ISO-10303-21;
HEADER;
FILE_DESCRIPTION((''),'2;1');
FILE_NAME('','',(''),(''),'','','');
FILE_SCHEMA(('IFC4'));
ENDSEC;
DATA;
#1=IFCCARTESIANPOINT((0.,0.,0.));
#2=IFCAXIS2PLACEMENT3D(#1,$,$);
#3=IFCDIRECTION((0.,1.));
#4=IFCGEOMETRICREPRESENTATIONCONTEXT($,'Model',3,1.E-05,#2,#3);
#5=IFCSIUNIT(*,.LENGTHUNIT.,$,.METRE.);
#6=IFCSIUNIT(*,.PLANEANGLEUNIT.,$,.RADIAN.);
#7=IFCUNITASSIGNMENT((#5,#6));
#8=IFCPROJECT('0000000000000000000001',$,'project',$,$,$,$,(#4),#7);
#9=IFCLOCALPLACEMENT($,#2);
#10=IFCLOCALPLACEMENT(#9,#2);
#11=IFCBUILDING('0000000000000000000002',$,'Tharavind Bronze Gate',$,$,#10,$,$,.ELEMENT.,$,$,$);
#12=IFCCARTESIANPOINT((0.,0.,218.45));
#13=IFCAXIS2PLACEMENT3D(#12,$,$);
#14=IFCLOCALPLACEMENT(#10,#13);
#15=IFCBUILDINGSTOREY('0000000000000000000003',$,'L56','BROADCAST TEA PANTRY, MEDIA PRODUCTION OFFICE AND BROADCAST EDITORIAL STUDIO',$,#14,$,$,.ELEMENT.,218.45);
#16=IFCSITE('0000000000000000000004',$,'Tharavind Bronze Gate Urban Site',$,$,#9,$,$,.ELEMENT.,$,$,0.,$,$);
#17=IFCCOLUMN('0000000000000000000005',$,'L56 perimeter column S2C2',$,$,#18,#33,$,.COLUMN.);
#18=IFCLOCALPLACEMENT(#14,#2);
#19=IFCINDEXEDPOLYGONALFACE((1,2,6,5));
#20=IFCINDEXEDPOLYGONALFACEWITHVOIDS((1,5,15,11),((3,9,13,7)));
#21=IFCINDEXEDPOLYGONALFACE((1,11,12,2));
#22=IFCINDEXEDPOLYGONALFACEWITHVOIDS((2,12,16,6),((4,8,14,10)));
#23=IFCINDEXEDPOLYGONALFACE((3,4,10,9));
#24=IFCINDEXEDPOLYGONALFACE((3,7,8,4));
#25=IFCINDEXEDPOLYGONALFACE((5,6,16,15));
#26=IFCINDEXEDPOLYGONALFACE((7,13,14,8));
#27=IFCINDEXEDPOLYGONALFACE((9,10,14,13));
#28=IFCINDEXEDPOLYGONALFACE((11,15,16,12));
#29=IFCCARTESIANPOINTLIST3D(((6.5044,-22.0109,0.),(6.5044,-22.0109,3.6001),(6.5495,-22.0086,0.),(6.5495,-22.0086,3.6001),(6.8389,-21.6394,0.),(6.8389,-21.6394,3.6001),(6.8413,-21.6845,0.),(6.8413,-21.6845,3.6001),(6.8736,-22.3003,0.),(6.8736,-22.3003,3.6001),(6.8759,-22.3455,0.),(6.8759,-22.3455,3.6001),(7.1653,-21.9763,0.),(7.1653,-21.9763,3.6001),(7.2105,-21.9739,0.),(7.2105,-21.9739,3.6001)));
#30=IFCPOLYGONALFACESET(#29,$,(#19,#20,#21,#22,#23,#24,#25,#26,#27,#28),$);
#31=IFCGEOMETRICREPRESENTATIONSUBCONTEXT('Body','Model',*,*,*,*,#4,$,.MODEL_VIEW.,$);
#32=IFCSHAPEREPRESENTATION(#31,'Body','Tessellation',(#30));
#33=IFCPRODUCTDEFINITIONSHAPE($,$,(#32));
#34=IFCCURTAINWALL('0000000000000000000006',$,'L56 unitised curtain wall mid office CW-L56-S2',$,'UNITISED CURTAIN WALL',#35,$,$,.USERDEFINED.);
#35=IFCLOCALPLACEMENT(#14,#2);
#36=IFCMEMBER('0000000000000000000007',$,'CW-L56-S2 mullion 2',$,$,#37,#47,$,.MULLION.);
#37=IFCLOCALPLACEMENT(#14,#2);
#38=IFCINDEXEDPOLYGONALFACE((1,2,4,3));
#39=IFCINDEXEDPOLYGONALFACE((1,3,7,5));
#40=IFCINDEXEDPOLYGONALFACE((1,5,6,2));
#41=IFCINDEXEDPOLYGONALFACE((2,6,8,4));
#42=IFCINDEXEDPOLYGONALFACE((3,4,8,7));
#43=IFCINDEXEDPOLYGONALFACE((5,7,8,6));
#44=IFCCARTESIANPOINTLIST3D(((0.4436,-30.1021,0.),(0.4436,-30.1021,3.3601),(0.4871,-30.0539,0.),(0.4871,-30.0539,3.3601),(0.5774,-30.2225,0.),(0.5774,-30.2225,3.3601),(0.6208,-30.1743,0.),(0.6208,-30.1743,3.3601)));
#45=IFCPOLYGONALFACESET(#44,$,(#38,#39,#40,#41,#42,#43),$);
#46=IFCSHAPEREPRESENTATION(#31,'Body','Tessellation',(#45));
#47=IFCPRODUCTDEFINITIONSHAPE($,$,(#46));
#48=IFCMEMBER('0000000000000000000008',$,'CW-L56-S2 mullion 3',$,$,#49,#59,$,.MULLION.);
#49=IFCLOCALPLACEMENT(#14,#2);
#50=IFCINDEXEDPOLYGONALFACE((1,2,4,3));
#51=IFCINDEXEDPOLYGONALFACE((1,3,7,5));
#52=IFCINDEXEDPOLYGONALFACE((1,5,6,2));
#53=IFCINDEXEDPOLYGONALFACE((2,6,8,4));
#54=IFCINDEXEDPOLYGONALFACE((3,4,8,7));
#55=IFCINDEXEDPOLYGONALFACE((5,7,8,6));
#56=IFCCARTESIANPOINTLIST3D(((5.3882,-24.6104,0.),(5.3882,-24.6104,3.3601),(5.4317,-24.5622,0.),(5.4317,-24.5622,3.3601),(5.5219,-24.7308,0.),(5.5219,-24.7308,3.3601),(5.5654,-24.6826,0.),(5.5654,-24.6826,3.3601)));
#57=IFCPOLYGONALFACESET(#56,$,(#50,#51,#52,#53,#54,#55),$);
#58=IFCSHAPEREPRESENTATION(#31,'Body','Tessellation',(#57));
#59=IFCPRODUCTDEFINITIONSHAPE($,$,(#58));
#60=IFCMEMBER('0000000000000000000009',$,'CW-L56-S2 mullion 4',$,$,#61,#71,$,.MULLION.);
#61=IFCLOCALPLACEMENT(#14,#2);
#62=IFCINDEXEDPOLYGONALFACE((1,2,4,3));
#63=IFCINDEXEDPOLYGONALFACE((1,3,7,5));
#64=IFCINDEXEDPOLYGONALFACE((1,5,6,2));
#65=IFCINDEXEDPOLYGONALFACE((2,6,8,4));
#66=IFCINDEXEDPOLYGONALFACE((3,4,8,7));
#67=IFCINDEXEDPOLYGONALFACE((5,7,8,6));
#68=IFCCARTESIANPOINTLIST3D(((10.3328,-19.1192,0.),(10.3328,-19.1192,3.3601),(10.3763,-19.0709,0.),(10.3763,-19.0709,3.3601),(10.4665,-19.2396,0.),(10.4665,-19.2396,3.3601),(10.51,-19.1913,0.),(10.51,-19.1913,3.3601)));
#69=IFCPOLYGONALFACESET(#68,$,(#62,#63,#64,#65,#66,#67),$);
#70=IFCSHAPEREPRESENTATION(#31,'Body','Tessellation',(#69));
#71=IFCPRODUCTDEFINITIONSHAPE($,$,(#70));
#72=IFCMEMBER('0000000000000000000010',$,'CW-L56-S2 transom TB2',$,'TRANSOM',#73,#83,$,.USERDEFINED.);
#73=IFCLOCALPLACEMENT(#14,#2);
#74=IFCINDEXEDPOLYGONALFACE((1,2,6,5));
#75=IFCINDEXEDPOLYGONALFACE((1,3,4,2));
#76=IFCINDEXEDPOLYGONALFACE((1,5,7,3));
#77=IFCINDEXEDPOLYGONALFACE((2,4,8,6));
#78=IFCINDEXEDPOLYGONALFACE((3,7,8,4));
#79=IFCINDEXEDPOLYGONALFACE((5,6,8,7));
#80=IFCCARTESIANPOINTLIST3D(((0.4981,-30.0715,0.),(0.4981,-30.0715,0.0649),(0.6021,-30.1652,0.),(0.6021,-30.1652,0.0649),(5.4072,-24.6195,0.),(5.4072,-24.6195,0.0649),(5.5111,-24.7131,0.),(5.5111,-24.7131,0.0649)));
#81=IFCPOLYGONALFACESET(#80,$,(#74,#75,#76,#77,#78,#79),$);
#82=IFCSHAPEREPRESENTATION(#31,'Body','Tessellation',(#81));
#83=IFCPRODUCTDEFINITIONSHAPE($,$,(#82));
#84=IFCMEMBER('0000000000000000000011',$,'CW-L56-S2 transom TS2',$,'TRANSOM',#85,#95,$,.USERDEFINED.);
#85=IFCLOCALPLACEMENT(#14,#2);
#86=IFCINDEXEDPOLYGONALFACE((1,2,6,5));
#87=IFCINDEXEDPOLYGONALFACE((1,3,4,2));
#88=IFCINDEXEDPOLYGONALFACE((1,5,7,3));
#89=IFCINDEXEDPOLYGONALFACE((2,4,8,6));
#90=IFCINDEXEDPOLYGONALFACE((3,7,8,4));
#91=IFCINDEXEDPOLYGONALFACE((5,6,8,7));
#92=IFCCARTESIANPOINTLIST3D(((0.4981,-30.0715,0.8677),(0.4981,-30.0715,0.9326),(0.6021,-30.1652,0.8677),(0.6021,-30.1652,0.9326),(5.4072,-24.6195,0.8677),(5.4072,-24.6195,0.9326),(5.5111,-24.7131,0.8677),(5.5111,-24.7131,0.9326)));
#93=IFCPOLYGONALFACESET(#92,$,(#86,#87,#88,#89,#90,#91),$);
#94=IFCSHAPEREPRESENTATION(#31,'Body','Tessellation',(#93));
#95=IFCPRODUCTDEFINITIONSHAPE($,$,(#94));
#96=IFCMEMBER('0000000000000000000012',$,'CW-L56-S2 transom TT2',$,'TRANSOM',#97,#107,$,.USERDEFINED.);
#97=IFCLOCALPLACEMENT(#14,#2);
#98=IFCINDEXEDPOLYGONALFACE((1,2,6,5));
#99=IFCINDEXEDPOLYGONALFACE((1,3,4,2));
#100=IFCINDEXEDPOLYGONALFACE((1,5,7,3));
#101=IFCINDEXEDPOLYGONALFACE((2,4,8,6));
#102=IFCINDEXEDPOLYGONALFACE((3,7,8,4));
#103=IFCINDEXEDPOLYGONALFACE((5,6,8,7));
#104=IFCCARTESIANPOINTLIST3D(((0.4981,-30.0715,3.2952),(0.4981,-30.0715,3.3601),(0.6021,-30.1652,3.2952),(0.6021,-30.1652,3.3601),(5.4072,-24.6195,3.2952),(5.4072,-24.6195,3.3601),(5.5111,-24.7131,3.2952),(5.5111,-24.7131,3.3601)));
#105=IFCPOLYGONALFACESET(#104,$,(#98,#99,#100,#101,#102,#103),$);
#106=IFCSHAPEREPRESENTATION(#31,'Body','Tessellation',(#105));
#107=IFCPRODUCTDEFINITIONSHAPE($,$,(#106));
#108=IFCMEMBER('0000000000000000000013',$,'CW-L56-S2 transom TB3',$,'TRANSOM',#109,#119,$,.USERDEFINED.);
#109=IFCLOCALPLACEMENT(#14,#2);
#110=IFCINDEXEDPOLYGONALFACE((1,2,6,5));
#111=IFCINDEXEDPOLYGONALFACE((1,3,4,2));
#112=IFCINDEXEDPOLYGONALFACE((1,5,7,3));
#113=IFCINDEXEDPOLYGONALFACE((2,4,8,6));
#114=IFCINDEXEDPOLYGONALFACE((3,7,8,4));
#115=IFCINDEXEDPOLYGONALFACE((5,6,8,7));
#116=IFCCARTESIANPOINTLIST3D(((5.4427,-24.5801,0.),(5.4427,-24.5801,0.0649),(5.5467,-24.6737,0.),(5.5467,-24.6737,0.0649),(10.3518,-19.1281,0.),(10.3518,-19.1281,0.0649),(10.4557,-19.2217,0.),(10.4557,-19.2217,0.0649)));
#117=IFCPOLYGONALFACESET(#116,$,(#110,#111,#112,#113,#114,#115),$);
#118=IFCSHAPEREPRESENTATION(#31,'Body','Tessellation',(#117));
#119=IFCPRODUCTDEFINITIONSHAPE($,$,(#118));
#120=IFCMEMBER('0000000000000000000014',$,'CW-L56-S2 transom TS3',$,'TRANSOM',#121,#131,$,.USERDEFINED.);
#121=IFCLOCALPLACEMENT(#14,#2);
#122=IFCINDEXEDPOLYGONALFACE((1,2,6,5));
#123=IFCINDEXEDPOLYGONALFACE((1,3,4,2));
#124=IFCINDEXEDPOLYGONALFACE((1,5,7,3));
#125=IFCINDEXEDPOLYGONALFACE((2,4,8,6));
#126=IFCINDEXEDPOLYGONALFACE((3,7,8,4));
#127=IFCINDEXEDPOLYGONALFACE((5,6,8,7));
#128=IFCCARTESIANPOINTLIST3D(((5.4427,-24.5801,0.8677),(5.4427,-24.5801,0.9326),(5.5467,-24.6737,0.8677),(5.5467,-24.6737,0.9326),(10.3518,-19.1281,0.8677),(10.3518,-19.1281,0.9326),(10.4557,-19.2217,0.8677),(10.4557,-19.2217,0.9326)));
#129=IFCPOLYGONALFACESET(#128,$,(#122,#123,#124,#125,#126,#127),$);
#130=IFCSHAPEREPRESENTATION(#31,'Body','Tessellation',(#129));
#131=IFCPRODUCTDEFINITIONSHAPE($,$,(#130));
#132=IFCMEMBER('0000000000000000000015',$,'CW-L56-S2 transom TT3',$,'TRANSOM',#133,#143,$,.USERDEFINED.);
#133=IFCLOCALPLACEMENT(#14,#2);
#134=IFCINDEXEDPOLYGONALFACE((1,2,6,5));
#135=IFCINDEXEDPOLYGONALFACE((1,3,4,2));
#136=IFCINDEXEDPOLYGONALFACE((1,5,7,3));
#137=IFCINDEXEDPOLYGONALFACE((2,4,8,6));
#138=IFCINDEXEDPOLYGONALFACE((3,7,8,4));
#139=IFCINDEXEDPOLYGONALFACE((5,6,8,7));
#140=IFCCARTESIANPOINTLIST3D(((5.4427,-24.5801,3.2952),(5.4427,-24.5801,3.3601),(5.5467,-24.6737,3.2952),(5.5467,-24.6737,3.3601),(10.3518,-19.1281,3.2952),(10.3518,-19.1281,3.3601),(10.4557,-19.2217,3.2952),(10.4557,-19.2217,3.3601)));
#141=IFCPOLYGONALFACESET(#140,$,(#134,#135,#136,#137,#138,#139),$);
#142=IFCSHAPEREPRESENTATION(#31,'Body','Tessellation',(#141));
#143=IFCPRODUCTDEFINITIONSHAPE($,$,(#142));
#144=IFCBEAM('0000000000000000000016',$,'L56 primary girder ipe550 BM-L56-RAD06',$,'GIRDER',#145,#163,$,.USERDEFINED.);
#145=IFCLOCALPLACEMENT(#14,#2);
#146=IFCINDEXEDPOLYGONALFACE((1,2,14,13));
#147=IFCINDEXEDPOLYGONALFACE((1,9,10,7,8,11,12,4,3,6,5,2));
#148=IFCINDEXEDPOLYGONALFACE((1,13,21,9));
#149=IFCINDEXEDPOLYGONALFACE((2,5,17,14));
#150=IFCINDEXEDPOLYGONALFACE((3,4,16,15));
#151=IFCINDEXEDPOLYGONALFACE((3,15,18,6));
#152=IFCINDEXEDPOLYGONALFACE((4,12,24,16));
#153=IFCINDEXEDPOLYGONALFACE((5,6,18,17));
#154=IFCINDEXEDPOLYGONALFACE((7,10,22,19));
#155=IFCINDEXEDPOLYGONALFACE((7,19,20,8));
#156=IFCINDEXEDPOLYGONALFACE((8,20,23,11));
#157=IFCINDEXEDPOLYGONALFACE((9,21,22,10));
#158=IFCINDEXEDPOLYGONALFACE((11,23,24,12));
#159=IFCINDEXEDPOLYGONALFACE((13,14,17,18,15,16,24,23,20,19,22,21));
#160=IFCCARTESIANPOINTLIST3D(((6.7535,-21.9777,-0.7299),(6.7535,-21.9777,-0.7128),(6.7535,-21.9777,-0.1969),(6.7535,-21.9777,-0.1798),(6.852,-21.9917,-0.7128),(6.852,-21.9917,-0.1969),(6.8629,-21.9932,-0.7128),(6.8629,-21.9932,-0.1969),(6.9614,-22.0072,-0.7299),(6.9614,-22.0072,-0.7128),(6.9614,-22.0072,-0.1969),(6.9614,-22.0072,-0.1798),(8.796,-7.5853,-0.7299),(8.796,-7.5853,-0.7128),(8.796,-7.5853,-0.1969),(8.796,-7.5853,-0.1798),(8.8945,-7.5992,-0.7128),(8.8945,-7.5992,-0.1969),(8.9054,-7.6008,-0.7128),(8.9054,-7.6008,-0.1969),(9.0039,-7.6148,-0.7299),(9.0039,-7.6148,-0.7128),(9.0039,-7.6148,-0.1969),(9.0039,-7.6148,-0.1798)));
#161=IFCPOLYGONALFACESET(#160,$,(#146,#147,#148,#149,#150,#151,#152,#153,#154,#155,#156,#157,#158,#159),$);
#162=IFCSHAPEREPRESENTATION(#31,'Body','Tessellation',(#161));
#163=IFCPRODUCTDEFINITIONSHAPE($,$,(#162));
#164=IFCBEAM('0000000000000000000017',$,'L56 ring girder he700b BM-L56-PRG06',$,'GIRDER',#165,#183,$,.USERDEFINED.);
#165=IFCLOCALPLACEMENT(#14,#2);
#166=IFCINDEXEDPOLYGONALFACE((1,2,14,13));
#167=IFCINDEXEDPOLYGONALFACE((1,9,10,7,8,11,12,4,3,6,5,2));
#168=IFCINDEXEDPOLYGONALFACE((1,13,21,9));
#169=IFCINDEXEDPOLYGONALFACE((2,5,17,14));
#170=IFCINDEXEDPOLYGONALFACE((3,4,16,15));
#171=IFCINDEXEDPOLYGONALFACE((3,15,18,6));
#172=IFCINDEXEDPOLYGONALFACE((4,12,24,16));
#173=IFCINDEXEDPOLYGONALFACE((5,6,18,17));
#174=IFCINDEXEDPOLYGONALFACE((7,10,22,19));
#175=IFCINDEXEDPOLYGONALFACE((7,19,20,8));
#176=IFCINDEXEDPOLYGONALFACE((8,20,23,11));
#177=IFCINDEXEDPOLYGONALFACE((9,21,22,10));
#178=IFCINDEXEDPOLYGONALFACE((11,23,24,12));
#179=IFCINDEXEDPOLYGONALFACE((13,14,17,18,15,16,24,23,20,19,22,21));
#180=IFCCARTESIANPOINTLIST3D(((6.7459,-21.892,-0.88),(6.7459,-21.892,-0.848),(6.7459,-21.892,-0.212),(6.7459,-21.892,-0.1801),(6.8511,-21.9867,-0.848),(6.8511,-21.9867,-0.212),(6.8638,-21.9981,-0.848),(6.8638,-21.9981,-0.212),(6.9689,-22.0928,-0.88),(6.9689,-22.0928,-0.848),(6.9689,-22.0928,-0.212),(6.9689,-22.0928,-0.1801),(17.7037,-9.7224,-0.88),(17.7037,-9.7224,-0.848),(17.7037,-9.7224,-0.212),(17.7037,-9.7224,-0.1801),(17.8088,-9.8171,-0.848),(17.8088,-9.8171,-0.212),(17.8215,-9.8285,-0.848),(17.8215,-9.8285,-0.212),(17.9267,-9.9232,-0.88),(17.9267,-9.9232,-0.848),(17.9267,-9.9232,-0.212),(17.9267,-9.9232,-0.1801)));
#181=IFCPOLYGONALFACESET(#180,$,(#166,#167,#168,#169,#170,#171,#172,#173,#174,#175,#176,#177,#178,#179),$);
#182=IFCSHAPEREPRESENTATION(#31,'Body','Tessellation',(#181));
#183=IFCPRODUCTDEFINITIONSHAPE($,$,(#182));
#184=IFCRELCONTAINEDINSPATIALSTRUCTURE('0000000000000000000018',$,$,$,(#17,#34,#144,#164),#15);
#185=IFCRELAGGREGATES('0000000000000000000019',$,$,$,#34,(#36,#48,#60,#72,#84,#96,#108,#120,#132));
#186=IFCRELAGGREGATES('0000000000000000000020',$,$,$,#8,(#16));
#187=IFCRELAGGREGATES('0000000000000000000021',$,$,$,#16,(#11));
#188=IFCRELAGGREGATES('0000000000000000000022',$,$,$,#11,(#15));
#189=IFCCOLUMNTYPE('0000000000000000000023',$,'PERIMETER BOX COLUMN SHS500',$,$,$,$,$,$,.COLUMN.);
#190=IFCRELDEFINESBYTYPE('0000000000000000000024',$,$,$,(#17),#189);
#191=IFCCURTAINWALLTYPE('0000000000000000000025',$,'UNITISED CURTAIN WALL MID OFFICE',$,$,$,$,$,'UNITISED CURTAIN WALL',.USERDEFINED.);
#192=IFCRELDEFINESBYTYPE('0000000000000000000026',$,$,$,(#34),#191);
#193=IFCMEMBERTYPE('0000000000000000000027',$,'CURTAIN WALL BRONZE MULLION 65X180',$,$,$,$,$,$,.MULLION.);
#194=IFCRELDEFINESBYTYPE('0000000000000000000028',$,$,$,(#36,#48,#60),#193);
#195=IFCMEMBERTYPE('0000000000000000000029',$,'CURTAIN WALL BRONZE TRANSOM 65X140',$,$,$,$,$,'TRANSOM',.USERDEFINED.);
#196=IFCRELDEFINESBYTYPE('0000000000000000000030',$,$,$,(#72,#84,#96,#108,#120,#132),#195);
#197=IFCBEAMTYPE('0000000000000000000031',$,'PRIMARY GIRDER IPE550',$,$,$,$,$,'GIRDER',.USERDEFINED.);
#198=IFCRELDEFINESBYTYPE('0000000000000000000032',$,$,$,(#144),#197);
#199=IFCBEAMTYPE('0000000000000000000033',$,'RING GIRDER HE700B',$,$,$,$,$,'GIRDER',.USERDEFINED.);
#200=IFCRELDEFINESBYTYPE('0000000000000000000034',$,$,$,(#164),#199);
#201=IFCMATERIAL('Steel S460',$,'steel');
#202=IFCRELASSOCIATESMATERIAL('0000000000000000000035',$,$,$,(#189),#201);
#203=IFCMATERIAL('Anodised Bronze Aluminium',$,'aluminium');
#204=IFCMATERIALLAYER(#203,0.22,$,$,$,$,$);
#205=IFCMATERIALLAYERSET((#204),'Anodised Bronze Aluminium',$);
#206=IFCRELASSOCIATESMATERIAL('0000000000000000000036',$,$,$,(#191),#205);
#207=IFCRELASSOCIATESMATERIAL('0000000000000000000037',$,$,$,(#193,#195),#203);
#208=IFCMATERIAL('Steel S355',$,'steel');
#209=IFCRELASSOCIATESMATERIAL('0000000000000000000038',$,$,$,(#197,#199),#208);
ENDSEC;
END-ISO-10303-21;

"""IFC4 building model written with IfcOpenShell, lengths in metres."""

from ifc_helpers import new_model, si_unit, direction, frame, origin, origin_2d, place, context, subcontext, project, spatial, rectangle, hollow_rectangle, i_section, extrude, material, layer, layer_set, material_profile, profile_set, type_object, element, aggregate, save


model = new_model("IFC4")

# Units and contexts
model_context = context("Model", 3, precision=1e-05, world=origin(), true_north=direction((0.0, 1.0)))
body_context = subcontext(model_context, "Body", "Model", "MODEL_VIEW")
ifc_project = project(units=[si_unit("LENGTHUNIT", "METRE"), si_unit("PLANEANGLEUNIT", "RADIAN")], contexts=[model_context])

# Site, building, storey
site_placement = place(None, origin())
site = spatial("IfcSite", under=ifc_project, at=site_placement, Name="Tharavind Bronze Gate Urban Site", CompositionType="ELEMENT", RefElevation=0.0)
building_placement = place(site_placement, origin())
building = spatial("IfcBuilding", under=site, at=building_placement, Name="Tharavind Bronze Gate", CompositionType="ELEMENT")
storey_placement = place(building_placement, frame((0.0, 0.0, 218.45)))
storey = spatial("IfcBuildingStorey", under=building, at=storey_placement, Name="L56", Description="BROADCAST TEA PANTRY, MEDIA PRODUCTION OFFICE AND BROADCAST EDITORIAL STUDIO", CompositionType="ELEMENT", Elevation=218.45)

# Column
ifc_material_1 = material(Name="Steel S460", Category="steel")
ifc_material_profile_1 = material_profile(ifc_material_1, hollow_rectangle(XDim=0.5, YDim=0.5, WallThickness=0.032, at=origin_2d()), Name="SHS500X32")
ifc_profile_set_1 = profile_set([ifc_material_profile_1], Name="Steel S460")
column_type = type_object("IfcColumnType", Name="PERIMETER BOX COLUMN SHS500", PredefinedType="COLUMN", material=ifc_profile_set_1)
column_placement = place(storey_placement, frame((6.8574, -21.9924, 0.0), z_axis=(0.0, 0.0, 1.0), x_axis=(0.669131, 0.743145, 0.0)))
element("IfcColumn", 1, at=column_placement, inside=storey, type_object=column_type, Name="L56 perimeter column S2C2", PredefinedType="COLUMN", context=body_context, shape_type="SweptSolid", body=[
    extrude(hollow_rectangle(XDim=0.5, YDim=0.5, WallThickness=0.032, at=origin_2d()), origin(), (0.0, 0.0, 1.0), 3.6001),
])

# Curtain wall, members
ifc_material_2 = material(Name="Anodised Bronze Aluminium", Category="aluminium")
ifc_layer_1 = layer(ifc_material_2, 0.22)
ifc_layer_set_1 = layer_set([ifc_layer_1], Name="Anodised Bronze Aluminium")
curtain_wall_type = type_object("IfcCurtainWallType", Name="UNITISED CURTAIN WALL MID OFFICE", ElementType="UNITISED CURTAIN WALL", PredefinedType="USERDEFINED", material=ifc_layer_set_1)
curtain_wall_placement = place(storey_placement, origin())
curtain_wall = element("IfcCurtainWall", 2, at=curtain_wall_placement, inside=storey, type_object=curtain_wall_type, Name="L56 unitised curtain wall mid office CW-L56-S2", ObjectType="UNITISED CURTAIN WALL", PredefinedType="USERDEFINED")
member_type_1 = type_object("IfcMemberType", Name="CURTAIN WALL BRONZE MULLION 65X180", PredefinedType="MULLION", material=ifc_material_2)
member_1_placement = place(storey_placement, frame((0.5322, -30.1382, 0.0), z_axis=(0.0, 0.0, 1.0), x_axis=(0.669131, 0.743145, 0.0)))
member_1 = element("IfcMember", 3, at=member_1_placement, type_object=member_type_1, Name="CW-L56-S2 mullion 2", PredefinedType="MULLION", context=body_context, shape_type="SweptSolid", body=[
    extrude(rectangle(XDim=0.0649, YDim=0.1799, at=origin_2d()), origin(), (0.0, 0.0, 1.0), 3.3601),
])
member_2_placement = place(storey_placement, frame((5.4768, -24.6465, 0.0), z_axis=(0.0, 0.0, 1.0), x_axis=(0.669131, 0.743145, 0.0)))
member_2 = element("IfcMember", 4, at=member_2_placement, type_object=member_type_1, Name="CW-L56-S2 mullion 3", PredefinedType="MULLION", context=body_context, shape_type="SweptSolid", body=[
    extrude(rectangle(XDim=0.0649, YDim=0.1799, at=origin_2d()), origin(), (0.0, 0.0, 1.0), 3.3601),
])
member_3_placement = place(storey_placement, frame((10.4214, -19.1553, 0.0), z_axis=(0.0, 0.0, 1.0), x_axis=(0.669131, 0.743145, 0.0)))
member_3 = element("IfcMember", 5, at=member_3_placement, type_object=member_type_1, Name="CW-L56-S2 mullion 4", PredefinedType="MULLION", context=body_context, shape_type="SweptSolid", body=[
    extrude(rectangle(XDim=0.0649, YDim=0.1799, at=origin_2d()), origin(), (0.0, 0.0, 1.0), 3.3601),
])
member_type_2 = type_object("IfcMemberType", Name="CURTAIN WALL BRONZE TRANSOM 65X140", ElementType="TRANSOM", PredefinedType="USERDEFINED", material=ifc_material_2)
member_4_placement = place(storey_placement, frame((3.0046, -27.3923, 0.0), z_axis=(0.0, 0.0, 1.0), x_axis=(0.669131, 0.743145, 0.0)))
member_4 = element("IfcMember", 6, at=member_4_placement, type_object=member_type_2, Name="CW-L56-S2 transom TB2", ObjectType="TRANSOM", PredefinedType="USERDEFINED", context=body_context, shape_type="SweptSolid", body=[
    extrude(rectangle(XDim=7.3364, YDim=0.1399, at=origin_2d()), origin(), (0.0, 0.0, 1.0), 0.0649),
])
member_5_placement = place(storey_placement, frame((3.0046, -27.3923, 0.8677), z_axis=(0.0, 0.0, 1.0), x_axis=(0.669131, 0.743145, 0.0)))
member_5 = element("IfcMember", 7, at=member_5_placement, type_object=member_type_2, Name="CW-L56-S2 transom TS2", ObjectType="TRANSOM", PredefinedType="USERDEFINED", context=body_context, shape_type="SweptSolid", body=[
    extrude(rectangle(XDim=7.3364, YDim=0.1399, at=origin_2d()), origin(), (0.0, 0.0, 1.0), 0.0649),
])
member_6_placement = place(storey_placement, frame((3.0046, -27.3923, 3.2952), z_axis=(0.0, 0.0, 1.0), x_axis=(0.669131, 0.743145, 0.0)))
member_6 = element("IfcMember", 8, at=member_6_placement, type_object=member_type_2, Name="CW-L56-S2 transom TT2", ObjectType="TRANSOM", PredefinedType="USERDEFINED", context=body_context, shape_type="SweptSolid", body=[
    extrude(rectangle(XDim=7.3364, YDim=0.1399, at=origin_2d()), origin(), (0.0, 0.0, 1.0), 0.0649),
])
member_7_placement = place(storey_placement, frame((7.9492, -21.9009, 0.0), z_axis=(0.0, 0.0, 1.0), x_axis=(0.669131, 0.743145, 0.0)))
member_7 = element("IfcMember", 9, at=member_7_placement, type_object=member_type_2, Name="CW-L56-S2 transom TB3", ObjectType="TRANSOM", PredefinedType="USERDEFINED", context=body_context, shape_type="SweptSolid", body=[
    extrude(rectangle(XDim=7.3364, YDim=0.1399, at=origin_2d()), origin(), (0.0, 0.0, 1.0), 0.0649),
])
member_8_placement = place(storey_placement, frame((7.9492, -21.9009, 0.8677), z_axis=(0.0, 0.0, 1.0), x_axis=(0.669131, 0.743145, 0.0)))
member_8 = element("IfcMember", 10, at=member_8_placement, type_object=member_type_2, Name="CW-L56-S2 transom TS3", ObjectType="TRANSOM", PredefinedType="USERDEFINED", context=body_context, shape_type="SweptSolid", body=[
    extrude(rectangle(XDim=7.3364, YDim=0.1399, at=origin_2d()), origin(), (0.0, 0.0, 1.0), 0.0649),
])
member_9_placement = place(storey_placement, frame((7.9492, -21.9009, 3.2952), z_axis=(0.0, 0.0, 1.0), x_axis=(0.669131, 0.743145, 0.0)))
member_9 = element("IfcMember", 11, at=member_9_placement, type_object=member_type_2, Name="CW-L56-S2 transom TT3", ObjectType="TRANSOM", PredefinedType="USERDEFINED", context=body_context, shape_type="SweptSolid", body=[
    extrude(rectangle(XDim=7.3364, YDim=0.1399, at=origin_2d()), origin(), (0.0, 0.0, 1.0), 0.0649),
])

# Beams
ifc_material_3 = material(Name="Steel S355", Category="steel")
ifc_material_profile_2 = material_profile(ifc_material_3, i_section(OverallWidth=0.21, OverallDepth=0.55, WebThickness=0.011, FlangeThickness=0.0171, at=origin_2d()), Name="IPE550")
ifc_profile_set_2 = profile_set([ifc_material_profile_2], Name="Steel S355")
beam_type_1 = type_object("IfcBeamType", Name="PRIMARY GIRDER IPE550", ElementType="GIRDER", PredefinedType="USERDEFINED", material=ifc_profile_set_2)
beam_1_placement = place(storey_placement, frame((6.8574, -21.9924, -0.4548), z_axis=(0.140507, 0.99008, 0.0), x_axis=(-0.99008, 0.140507, 0.0)))
element("IfcBeam", 12, at=beam_1_placement, inside=storey, type_object=beam_type_1, Name="L56 primary girder ipe550 BM-L56-RAD06", ObjectType="GIRDER", PredefinedType="USERDEFINED", context=body_context, shape_type="SweptSolid", body=[
    extrude(i_section(OverallWidth=0.21, OverallDepth=0.55, WebThickness=0.011, FlangeThickness=0.0171, at=origin_2d()), origin(), (0.0, 0.0, 1.0), 14.5366),
])
ifc_material_profile_3 = material_profile(ifc_material_3, i_section(OverallWidth=0.3, OverallDepth=0.7, WebThickness=0.0171, FlangeThickness=0.032, at=origin_2d()), Name="HE700B")
ifc_profile_set_3 = profile_set([ifc_material_profile_3], Name="Steel S355")
beam_type_2 = type_object("IfcBeamType", Name="RING GIRDER HE700B", ElementType="GIRDER", PredefinedType="USERDEFINED", material=ifc_profile_set_3)
beam_2_placement = place(storey_placement, frame((6.8574, -21.9924, -0.53), z_axis=(0.669135, 0.743141, 0.0), x_axis=(-0.743141, 0.669135, 0.0)))
element("IfcBeam", 13, at=beam_2_placement, inside=storey, type_object=beam_type_2, Name="L56 ring girder he700b BM-L56-PRG06", ObjectType="GIRDER", PredefinedType="USERDEFINED", context=body_context, shape_type="SweptSolid", body=[
    extrude(i_section(OverallWidth=0.3, OverallDepth=0.7, WebThickness=0.0171, FlangeThickness=0.032, at=origin_2d()), origin(), (0.0, 0.0, 1.0), 16.376),
])

aggregate(curtain_wall, [member_1, member_2, member_3, member_4, member_5, member_6, member_7, member_8, member_9])

save(model, "model.ifc")
